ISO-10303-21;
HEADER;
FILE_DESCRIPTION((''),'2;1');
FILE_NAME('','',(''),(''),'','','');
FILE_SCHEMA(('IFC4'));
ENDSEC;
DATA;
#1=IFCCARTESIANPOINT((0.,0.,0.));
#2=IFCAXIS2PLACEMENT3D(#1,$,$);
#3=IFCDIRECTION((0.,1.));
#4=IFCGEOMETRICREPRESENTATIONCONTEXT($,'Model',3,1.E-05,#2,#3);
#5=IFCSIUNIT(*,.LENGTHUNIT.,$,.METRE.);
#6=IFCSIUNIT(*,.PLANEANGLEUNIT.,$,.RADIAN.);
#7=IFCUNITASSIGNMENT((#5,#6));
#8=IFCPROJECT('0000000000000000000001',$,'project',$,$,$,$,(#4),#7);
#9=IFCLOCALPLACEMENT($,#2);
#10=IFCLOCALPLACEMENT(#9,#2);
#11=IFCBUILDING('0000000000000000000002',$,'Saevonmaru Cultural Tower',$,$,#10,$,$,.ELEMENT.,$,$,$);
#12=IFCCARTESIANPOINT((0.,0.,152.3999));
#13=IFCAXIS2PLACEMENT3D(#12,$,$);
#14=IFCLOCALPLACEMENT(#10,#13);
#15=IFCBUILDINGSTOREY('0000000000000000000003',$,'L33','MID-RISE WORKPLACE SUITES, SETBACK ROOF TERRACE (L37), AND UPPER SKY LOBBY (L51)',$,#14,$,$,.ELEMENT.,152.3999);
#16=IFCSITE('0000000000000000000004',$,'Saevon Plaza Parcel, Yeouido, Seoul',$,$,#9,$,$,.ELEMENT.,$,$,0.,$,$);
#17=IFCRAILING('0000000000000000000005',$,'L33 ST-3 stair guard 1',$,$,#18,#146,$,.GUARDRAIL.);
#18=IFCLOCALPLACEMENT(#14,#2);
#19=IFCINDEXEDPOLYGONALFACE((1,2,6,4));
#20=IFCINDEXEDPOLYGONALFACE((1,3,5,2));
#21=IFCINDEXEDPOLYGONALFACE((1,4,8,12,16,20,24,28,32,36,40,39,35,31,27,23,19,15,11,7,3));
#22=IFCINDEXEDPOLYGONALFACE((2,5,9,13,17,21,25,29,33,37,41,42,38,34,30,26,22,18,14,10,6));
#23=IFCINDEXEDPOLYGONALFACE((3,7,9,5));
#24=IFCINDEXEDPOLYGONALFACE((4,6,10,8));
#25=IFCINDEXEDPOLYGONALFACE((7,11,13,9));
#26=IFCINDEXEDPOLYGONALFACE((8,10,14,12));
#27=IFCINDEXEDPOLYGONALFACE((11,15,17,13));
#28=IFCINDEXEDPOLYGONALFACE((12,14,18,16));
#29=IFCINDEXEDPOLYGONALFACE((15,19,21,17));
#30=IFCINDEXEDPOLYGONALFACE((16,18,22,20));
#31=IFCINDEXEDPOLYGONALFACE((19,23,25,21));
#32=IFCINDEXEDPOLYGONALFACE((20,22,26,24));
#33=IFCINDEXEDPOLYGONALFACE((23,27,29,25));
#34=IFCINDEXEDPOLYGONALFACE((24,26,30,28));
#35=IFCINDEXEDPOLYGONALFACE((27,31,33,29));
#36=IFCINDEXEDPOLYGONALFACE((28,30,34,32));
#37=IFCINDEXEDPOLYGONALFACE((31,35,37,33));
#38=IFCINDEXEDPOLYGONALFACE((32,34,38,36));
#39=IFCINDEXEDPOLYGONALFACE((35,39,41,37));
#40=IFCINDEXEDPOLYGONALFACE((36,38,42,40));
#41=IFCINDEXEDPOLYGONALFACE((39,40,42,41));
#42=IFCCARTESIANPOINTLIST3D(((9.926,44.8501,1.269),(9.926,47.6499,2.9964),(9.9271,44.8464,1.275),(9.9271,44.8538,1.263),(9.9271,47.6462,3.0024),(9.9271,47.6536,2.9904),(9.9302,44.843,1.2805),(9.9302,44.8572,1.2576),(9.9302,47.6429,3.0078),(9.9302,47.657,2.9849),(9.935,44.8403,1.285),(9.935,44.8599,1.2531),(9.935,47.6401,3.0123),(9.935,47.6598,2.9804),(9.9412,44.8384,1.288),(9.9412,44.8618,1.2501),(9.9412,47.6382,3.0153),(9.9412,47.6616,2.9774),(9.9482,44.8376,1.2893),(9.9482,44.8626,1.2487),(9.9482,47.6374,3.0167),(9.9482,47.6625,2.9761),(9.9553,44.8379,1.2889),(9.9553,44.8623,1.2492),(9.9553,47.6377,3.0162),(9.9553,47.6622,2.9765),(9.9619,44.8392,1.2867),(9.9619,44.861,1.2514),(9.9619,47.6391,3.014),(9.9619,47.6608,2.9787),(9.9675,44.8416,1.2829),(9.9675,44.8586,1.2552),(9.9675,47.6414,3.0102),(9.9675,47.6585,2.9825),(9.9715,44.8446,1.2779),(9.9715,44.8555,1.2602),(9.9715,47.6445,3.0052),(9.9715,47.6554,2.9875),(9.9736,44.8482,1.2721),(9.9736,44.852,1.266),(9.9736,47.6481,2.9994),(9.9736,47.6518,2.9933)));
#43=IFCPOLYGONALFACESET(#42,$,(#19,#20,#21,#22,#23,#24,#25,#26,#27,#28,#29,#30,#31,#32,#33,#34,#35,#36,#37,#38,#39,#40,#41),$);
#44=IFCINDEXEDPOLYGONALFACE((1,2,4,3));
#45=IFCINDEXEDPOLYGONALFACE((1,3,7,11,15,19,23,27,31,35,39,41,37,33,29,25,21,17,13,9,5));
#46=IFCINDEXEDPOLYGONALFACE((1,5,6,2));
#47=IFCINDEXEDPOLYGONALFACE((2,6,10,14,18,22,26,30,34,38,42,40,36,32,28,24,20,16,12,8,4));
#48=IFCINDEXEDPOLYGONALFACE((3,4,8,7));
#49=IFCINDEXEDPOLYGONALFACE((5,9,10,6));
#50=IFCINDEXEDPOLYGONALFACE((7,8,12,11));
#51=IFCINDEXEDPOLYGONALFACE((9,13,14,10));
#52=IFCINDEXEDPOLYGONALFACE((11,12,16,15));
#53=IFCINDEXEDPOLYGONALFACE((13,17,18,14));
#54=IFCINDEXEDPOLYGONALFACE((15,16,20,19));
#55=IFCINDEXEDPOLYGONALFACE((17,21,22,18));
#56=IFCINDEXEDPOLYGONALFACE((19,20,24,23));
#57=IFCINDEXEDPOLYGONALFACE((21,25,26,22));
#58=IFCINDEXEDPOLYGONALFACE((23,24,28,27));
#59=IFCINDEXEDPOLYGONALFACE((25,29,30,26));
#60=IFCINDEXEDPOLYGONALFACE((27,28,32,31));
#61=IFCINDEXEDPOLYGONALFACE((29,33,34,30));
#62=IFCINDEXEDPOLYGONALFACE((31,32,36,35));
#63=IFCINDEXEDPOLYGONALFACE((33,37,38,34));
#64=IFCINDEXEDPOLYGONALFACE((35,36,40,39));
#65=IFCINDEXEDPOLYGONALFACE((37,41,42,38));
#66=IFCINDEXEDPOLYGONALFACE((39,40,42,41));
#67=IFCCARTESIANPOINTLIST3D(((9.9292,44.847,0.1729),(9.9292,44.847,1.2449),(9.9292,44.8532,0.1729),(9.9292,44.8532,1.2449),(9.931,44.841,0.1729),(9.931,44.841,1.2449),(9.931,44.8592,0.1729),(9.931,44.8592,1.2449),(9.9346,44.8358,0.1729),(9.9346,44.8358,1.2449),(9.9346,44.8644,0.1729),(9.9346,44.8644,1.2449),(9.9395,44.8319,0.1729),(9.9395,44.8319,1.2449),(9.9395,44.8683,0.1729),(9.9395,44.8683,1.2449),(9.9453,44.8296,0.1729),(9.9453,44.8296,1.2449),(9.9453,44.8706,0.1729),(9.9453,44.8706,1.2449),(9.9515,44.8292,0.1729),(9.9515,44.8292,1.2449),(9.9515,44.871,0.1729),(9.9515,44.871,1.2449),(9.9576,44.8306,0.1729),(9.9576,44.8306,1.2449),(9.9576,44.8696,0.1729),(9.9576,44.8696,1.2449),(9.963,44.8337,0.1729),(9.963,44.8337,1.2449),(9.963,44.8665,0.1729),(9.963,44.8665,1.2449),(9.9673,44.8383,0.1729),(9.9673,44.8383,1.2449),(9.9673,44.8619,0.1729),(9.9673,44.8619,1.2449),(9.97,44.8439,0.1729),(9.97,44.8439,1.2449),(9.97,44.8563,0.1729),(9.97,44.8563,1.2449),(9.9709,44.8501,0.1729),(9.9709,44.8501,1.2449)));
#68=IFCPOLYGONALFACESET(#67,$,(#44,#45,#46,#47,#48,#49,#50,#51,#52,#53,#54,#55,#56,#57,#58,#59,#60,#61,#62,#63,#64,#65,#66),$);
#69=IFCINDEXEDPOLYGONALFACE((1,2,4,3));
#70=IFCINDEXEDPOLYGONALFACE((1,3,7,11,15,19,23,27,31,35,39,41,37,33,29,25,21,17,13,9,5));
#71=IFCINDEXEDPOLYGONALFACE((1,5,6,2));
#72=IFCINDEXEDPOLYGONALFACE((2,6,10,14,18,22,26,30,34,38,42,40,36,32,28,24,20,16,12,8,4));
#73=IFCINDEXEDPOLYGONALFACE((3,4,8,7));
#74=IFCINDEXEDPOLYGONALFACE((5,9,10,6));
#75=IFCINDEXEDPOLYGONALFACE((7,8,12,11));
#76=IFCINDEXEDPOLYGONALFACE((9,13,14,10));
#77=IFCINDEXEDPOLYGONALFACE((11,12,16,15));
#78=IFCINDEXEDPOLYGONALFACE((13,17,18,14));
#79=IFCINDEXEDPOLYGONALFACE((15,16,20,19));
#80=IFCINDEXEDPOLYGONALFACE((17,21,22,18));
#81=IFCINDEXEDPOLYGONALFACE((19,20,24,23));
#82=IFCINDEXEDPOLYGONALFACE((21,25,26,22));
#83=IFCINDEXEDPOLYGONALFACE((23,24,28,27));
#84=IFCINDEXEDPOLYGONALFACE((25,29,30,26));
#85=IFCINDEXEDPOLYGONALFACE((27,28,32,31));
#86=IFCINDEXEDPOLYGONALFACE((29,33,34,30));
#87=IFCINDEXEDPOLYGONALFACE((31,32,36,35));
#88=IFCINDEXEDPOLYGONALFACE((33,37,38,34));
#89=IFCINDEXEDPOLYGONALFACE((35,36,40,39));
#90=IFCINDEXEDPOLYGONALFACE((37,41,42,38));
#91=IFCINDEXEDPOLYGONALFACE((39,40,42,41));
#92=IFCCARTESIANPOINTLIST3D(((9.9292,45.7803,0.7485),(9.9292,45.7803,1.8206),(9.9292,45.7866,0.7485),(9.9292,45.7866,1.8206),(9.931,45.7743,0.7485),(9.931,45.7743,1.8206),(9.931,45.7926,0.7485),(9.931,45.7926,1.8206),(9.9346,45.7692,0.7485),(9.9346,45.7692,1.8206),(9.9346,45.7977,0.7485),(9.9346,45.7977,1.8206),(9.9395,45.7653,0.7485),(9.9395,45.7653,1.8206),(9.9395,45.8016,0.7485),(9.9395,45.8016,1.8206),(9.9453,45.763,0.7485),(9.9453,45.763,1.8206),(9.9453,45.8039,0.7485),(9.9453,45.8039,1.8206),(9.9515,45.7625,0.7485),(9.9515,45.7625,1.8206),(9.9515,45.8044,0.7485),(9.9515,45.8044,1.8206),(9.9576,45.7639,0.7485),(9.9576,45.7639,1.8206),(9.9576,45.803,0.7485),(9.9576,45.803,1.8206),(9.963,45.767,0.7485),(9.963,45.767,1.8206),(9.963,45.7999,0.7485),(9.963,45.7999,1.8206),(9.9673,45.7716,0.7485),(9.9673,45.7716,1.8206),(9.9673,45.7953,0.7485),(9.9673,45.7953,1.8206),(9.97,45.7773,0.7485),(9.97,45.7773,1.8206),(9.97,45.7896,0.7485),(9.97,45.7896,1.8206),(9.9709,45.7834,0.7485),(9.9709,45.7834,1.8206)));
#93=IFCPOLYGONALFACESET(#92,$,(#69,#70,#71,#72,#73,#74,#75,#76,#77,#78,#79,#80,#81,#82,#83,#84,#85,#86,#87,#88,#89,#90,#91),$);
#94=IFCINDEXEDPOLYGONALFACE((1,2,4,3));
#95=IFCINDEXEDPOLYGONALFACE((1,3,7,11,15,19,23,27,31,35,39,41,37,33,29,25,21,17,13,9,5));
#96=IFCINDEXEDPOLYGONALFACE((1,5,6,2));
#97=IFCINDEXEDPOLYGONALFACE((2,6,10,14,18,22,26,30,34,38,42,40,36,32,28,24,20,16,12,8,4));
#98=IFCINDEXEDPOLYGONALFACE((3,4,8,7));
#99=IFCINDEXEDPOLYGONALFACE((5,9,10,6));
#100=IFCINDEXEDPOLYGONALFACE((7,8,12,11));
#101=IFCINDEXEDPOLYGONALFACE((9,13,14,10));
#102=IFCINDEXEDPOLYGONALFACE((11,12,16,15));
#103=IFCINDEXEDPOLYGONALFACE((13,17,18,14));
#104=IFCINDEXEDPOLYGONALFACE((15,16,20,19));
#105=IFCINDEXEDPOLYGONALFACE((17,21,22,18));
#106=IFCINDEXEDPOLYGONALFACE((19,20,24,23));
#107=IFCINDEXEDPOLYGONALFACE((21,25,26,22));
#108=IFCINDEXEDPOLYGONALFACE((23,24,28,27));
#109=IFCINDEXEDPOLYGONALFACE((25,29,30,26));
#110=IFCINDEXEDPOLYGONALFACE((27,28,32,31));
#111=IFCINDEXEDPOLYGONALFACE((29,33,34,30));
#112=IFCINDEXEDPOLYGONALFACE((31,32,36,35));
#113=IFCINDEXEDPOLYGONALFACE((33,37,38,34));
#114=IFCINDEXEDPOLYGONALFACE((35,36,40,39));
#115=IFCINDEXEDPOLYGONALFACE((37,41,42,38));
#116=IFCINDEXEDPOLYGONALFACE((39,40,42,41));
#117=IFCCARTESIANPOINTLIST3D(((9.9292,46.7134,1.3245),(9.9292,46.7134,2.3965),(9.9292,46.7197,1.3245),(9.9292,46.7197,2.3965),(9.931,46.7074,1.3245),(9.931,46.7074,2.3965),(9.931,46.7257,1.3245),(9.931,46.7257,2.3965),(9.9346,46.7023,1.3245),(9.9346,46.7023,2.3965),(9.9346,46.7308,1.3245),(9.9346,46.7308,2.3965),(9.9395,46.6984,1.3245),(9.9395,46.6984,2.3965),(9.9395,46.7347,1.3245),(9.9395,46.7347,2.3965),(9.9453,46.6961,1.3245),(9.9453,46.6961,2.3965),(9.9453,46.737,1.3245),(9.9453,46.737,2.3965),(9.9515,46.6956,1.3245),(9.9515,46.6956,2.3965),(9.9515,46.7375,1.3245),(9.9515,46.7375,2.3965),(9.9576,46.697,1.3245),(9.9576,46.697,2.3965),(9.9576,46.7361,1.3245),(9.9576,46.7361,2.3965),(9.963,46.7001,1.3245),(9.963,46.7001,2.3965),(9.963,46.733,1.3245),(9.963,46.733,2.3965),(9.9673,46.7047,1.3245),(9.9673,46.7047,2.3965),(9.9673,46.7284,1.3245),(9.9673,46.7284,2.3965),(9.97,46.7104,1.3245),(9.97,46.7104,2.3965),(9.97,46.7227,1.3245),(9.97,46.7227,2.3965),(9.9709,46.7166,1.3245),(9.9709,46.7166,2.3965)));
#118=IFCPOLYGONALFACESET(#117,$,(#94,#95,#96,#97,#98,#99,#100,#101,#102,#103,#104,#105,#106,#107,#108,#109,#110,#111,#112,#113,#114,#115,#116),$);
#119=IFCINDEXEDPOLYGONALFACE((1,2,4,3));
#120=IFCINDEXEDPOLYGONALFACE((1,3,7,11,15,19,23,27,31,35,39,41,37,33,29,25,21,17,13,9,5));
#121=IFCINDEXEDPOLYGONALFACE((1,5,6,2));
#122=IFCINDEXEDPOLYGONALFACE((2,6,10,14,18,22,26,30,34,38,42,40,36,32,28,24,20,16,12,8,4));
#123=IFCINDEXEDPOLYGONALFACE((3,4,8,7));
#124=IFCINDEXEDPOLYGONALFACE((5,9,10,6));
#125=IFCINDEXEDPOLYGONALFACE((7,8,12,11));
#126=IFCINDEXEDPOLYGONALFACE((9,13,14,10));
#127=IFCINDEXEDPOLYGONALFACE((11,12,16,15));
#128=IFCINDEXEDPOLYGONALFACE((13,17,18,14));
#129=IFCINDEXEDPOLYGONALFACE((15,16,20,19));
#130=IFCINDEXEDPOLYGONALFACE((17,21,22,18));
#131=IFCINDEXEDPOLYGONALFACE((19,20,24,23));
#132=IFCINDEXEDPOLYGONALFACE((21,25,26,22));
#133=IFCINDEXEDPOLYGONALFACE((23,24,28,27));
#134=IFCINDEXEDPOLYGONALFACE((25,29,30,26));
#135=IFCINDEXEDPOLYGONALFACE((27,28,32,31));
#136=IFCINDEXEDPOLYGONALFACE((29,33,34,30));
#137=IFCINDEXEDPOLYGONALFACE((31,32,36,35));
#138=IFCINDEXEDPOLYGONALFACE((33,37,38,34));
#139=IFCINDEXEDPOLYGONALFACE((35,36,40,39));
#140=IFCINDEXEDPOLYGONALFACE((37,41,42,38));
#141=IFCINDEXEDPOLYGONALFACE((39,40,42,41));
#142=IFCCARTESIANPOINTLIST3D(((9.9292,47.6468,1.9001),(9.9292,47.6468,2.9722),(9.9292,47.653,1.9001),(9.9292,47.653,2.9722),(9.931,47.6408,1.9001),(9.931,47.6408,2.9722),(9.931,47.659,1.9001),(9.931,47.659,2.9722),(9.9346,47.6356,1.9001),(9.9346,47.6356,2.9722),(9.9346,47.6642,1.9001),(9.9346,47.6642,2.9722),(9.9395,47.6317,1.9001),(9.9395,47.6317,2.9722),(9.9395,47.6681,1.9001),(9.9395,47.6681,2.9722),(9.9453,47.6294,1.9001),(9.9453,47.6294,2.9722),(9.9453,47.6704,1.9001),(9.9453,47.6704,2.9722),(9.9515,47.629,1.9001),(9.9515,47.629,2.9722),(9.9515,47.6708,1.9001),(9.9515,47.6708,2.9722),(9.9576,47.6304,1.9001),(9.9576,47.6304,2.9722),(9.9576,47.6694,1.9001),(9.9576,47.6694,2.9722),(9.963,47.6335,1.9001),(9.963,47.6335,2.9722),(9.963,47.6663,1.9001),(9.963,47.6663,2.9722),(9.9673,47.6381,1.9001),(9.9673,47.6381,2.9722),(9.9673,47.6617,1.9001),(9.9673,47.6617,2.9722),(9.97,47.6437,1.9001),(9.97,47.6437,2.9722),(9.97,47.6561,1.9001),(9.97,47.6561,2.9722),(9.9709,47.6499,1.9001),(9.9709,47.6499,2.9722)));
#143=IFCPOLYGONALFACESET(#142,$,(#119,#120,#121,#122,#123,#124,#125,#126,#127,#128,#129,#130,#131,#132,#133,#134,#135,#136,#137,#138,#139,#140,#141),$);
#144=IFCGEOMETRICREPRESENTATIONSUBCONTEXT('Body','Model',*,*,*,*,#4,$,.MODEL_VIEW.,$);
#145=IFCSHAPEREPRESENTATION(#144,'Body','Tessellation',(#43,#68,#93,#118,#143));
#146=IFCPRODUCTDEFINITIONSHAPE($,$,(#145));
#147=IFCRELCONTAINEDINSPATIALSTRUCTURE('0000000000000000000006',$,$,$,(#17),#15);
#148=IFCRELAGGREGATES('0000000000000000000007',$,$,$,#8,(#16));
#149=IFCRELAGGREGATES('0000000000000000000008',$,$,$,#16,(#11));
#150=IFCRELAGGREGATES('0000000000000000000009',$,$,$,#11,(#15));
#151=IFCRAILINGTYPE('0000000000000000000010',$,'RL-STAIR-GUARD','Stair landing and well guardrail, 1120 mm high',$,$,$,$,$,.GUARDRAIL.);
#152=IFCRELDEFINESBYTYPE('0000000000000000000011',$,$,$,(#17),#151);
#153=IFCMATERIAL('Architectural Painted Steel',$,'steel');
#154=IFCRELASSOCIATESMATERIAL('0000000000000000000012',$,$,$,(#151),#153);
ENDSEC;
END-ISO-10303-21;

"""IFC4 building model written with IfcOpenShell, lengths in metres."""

from ifc_helpers import new_model, si_unit, direction, frame, origin, origin_2d, place, context, subcontext, project, spatial, circle, extrude, material, type_object, element, save


model = new_model("IFC4")

# Units and contexts
model_context = context("Model", 3, precision=1e-05, world=origin(), true_north=direction((0.0, 1.0)))
body_context = subcontext(model_context, "Body", "Model", "MODEL_VIEW")
ifc_project = project(units=[si_unit("LENGTHUNIT", "METRE"), si_unit("PLANEANGLEUNIT", "RADIAN")], contexts=[model_context])

# Site, building, storey
site_placement = place(None, origin())
site = spatial("IfcSite", under=ifc_project, at=site_placement, Name="Saevon Plaza Parcel, Yeouido, Seoul", CompositionType="ELEMENT", RefElevation=0.0)
building_placement = place(site_placement, origin())
building = spatial("IfcBuilding", under=site, at=building_placement, Name="Saevonmaru Cultural Tower", CompositionType="ELEMENT")
storey_placement = place(building_placement, frame((0.0, 0.0, 152.3999)))
storey = spatial("IfcBuildingStorey", under=building, at=storey_placement, Name="L33", Description="MID-RISE WORKPLACE SUITES, SETBACK ROOF TERRACE (L37), AND UPPER SKY LOBBY (L51)", CompositionType="ELEMENT", Elevation=152.3999)

# Railing
ifc_material_1 = material(Name="Architectural Painted Steel", Category="steel")
railing_type_1 = type_object("IfcRailingType", Name="RL-STAIR-GUARD", Description="Stair landing and well guardrail, 1120 mm high", PredefinedType="GUARDRAIL", material=ifc_material_1)
railing_1_placement = place(storey_placement, frame((9.95, 44.8501, 0.1729)))
element("IfcRailing", 1, at=railing_1_placement, inside=storey, type_object=railing_type_1, Name="L33 ST-3 stair guard 1", PredefinedType="GUARDRAIL", context=body_context, shape_type="SweptSolid", body=[
    extrude(circle(Radius=0.0239, at=origin_2d()), frame((0.0, 0.0, 1.0962), z_axis=(0.0, 0.851069, 0.525054), x_axis=(-1.0, 0.0, 0.0)), (0.0, 0.0, 1.0), 3.2898),
    extrude(circle(Radius=0.021, at=origin_2d()), origin(), (0.0, 0.0, 1.0), 1.072),
    extrude(circle(Radius=0.021, at=origin_2d()), frame((0.0, 0.9333, 0.5757)), (0.0, 0.0, 1.0), 1.072),
    extrude(circle(Radius=0.021, at=origin_2d()), frame((0.0, 1.8665, 1.1516)), (0.0, 0.0, 1.0), 1.072),
    extrude(circle(Radius=0.021, at=origin_2d()), frame((0.0, 2.7998, 1.7273)), (0.0, 0.0, 1.0), 1.072),
])

save(model, "model.ifc")
